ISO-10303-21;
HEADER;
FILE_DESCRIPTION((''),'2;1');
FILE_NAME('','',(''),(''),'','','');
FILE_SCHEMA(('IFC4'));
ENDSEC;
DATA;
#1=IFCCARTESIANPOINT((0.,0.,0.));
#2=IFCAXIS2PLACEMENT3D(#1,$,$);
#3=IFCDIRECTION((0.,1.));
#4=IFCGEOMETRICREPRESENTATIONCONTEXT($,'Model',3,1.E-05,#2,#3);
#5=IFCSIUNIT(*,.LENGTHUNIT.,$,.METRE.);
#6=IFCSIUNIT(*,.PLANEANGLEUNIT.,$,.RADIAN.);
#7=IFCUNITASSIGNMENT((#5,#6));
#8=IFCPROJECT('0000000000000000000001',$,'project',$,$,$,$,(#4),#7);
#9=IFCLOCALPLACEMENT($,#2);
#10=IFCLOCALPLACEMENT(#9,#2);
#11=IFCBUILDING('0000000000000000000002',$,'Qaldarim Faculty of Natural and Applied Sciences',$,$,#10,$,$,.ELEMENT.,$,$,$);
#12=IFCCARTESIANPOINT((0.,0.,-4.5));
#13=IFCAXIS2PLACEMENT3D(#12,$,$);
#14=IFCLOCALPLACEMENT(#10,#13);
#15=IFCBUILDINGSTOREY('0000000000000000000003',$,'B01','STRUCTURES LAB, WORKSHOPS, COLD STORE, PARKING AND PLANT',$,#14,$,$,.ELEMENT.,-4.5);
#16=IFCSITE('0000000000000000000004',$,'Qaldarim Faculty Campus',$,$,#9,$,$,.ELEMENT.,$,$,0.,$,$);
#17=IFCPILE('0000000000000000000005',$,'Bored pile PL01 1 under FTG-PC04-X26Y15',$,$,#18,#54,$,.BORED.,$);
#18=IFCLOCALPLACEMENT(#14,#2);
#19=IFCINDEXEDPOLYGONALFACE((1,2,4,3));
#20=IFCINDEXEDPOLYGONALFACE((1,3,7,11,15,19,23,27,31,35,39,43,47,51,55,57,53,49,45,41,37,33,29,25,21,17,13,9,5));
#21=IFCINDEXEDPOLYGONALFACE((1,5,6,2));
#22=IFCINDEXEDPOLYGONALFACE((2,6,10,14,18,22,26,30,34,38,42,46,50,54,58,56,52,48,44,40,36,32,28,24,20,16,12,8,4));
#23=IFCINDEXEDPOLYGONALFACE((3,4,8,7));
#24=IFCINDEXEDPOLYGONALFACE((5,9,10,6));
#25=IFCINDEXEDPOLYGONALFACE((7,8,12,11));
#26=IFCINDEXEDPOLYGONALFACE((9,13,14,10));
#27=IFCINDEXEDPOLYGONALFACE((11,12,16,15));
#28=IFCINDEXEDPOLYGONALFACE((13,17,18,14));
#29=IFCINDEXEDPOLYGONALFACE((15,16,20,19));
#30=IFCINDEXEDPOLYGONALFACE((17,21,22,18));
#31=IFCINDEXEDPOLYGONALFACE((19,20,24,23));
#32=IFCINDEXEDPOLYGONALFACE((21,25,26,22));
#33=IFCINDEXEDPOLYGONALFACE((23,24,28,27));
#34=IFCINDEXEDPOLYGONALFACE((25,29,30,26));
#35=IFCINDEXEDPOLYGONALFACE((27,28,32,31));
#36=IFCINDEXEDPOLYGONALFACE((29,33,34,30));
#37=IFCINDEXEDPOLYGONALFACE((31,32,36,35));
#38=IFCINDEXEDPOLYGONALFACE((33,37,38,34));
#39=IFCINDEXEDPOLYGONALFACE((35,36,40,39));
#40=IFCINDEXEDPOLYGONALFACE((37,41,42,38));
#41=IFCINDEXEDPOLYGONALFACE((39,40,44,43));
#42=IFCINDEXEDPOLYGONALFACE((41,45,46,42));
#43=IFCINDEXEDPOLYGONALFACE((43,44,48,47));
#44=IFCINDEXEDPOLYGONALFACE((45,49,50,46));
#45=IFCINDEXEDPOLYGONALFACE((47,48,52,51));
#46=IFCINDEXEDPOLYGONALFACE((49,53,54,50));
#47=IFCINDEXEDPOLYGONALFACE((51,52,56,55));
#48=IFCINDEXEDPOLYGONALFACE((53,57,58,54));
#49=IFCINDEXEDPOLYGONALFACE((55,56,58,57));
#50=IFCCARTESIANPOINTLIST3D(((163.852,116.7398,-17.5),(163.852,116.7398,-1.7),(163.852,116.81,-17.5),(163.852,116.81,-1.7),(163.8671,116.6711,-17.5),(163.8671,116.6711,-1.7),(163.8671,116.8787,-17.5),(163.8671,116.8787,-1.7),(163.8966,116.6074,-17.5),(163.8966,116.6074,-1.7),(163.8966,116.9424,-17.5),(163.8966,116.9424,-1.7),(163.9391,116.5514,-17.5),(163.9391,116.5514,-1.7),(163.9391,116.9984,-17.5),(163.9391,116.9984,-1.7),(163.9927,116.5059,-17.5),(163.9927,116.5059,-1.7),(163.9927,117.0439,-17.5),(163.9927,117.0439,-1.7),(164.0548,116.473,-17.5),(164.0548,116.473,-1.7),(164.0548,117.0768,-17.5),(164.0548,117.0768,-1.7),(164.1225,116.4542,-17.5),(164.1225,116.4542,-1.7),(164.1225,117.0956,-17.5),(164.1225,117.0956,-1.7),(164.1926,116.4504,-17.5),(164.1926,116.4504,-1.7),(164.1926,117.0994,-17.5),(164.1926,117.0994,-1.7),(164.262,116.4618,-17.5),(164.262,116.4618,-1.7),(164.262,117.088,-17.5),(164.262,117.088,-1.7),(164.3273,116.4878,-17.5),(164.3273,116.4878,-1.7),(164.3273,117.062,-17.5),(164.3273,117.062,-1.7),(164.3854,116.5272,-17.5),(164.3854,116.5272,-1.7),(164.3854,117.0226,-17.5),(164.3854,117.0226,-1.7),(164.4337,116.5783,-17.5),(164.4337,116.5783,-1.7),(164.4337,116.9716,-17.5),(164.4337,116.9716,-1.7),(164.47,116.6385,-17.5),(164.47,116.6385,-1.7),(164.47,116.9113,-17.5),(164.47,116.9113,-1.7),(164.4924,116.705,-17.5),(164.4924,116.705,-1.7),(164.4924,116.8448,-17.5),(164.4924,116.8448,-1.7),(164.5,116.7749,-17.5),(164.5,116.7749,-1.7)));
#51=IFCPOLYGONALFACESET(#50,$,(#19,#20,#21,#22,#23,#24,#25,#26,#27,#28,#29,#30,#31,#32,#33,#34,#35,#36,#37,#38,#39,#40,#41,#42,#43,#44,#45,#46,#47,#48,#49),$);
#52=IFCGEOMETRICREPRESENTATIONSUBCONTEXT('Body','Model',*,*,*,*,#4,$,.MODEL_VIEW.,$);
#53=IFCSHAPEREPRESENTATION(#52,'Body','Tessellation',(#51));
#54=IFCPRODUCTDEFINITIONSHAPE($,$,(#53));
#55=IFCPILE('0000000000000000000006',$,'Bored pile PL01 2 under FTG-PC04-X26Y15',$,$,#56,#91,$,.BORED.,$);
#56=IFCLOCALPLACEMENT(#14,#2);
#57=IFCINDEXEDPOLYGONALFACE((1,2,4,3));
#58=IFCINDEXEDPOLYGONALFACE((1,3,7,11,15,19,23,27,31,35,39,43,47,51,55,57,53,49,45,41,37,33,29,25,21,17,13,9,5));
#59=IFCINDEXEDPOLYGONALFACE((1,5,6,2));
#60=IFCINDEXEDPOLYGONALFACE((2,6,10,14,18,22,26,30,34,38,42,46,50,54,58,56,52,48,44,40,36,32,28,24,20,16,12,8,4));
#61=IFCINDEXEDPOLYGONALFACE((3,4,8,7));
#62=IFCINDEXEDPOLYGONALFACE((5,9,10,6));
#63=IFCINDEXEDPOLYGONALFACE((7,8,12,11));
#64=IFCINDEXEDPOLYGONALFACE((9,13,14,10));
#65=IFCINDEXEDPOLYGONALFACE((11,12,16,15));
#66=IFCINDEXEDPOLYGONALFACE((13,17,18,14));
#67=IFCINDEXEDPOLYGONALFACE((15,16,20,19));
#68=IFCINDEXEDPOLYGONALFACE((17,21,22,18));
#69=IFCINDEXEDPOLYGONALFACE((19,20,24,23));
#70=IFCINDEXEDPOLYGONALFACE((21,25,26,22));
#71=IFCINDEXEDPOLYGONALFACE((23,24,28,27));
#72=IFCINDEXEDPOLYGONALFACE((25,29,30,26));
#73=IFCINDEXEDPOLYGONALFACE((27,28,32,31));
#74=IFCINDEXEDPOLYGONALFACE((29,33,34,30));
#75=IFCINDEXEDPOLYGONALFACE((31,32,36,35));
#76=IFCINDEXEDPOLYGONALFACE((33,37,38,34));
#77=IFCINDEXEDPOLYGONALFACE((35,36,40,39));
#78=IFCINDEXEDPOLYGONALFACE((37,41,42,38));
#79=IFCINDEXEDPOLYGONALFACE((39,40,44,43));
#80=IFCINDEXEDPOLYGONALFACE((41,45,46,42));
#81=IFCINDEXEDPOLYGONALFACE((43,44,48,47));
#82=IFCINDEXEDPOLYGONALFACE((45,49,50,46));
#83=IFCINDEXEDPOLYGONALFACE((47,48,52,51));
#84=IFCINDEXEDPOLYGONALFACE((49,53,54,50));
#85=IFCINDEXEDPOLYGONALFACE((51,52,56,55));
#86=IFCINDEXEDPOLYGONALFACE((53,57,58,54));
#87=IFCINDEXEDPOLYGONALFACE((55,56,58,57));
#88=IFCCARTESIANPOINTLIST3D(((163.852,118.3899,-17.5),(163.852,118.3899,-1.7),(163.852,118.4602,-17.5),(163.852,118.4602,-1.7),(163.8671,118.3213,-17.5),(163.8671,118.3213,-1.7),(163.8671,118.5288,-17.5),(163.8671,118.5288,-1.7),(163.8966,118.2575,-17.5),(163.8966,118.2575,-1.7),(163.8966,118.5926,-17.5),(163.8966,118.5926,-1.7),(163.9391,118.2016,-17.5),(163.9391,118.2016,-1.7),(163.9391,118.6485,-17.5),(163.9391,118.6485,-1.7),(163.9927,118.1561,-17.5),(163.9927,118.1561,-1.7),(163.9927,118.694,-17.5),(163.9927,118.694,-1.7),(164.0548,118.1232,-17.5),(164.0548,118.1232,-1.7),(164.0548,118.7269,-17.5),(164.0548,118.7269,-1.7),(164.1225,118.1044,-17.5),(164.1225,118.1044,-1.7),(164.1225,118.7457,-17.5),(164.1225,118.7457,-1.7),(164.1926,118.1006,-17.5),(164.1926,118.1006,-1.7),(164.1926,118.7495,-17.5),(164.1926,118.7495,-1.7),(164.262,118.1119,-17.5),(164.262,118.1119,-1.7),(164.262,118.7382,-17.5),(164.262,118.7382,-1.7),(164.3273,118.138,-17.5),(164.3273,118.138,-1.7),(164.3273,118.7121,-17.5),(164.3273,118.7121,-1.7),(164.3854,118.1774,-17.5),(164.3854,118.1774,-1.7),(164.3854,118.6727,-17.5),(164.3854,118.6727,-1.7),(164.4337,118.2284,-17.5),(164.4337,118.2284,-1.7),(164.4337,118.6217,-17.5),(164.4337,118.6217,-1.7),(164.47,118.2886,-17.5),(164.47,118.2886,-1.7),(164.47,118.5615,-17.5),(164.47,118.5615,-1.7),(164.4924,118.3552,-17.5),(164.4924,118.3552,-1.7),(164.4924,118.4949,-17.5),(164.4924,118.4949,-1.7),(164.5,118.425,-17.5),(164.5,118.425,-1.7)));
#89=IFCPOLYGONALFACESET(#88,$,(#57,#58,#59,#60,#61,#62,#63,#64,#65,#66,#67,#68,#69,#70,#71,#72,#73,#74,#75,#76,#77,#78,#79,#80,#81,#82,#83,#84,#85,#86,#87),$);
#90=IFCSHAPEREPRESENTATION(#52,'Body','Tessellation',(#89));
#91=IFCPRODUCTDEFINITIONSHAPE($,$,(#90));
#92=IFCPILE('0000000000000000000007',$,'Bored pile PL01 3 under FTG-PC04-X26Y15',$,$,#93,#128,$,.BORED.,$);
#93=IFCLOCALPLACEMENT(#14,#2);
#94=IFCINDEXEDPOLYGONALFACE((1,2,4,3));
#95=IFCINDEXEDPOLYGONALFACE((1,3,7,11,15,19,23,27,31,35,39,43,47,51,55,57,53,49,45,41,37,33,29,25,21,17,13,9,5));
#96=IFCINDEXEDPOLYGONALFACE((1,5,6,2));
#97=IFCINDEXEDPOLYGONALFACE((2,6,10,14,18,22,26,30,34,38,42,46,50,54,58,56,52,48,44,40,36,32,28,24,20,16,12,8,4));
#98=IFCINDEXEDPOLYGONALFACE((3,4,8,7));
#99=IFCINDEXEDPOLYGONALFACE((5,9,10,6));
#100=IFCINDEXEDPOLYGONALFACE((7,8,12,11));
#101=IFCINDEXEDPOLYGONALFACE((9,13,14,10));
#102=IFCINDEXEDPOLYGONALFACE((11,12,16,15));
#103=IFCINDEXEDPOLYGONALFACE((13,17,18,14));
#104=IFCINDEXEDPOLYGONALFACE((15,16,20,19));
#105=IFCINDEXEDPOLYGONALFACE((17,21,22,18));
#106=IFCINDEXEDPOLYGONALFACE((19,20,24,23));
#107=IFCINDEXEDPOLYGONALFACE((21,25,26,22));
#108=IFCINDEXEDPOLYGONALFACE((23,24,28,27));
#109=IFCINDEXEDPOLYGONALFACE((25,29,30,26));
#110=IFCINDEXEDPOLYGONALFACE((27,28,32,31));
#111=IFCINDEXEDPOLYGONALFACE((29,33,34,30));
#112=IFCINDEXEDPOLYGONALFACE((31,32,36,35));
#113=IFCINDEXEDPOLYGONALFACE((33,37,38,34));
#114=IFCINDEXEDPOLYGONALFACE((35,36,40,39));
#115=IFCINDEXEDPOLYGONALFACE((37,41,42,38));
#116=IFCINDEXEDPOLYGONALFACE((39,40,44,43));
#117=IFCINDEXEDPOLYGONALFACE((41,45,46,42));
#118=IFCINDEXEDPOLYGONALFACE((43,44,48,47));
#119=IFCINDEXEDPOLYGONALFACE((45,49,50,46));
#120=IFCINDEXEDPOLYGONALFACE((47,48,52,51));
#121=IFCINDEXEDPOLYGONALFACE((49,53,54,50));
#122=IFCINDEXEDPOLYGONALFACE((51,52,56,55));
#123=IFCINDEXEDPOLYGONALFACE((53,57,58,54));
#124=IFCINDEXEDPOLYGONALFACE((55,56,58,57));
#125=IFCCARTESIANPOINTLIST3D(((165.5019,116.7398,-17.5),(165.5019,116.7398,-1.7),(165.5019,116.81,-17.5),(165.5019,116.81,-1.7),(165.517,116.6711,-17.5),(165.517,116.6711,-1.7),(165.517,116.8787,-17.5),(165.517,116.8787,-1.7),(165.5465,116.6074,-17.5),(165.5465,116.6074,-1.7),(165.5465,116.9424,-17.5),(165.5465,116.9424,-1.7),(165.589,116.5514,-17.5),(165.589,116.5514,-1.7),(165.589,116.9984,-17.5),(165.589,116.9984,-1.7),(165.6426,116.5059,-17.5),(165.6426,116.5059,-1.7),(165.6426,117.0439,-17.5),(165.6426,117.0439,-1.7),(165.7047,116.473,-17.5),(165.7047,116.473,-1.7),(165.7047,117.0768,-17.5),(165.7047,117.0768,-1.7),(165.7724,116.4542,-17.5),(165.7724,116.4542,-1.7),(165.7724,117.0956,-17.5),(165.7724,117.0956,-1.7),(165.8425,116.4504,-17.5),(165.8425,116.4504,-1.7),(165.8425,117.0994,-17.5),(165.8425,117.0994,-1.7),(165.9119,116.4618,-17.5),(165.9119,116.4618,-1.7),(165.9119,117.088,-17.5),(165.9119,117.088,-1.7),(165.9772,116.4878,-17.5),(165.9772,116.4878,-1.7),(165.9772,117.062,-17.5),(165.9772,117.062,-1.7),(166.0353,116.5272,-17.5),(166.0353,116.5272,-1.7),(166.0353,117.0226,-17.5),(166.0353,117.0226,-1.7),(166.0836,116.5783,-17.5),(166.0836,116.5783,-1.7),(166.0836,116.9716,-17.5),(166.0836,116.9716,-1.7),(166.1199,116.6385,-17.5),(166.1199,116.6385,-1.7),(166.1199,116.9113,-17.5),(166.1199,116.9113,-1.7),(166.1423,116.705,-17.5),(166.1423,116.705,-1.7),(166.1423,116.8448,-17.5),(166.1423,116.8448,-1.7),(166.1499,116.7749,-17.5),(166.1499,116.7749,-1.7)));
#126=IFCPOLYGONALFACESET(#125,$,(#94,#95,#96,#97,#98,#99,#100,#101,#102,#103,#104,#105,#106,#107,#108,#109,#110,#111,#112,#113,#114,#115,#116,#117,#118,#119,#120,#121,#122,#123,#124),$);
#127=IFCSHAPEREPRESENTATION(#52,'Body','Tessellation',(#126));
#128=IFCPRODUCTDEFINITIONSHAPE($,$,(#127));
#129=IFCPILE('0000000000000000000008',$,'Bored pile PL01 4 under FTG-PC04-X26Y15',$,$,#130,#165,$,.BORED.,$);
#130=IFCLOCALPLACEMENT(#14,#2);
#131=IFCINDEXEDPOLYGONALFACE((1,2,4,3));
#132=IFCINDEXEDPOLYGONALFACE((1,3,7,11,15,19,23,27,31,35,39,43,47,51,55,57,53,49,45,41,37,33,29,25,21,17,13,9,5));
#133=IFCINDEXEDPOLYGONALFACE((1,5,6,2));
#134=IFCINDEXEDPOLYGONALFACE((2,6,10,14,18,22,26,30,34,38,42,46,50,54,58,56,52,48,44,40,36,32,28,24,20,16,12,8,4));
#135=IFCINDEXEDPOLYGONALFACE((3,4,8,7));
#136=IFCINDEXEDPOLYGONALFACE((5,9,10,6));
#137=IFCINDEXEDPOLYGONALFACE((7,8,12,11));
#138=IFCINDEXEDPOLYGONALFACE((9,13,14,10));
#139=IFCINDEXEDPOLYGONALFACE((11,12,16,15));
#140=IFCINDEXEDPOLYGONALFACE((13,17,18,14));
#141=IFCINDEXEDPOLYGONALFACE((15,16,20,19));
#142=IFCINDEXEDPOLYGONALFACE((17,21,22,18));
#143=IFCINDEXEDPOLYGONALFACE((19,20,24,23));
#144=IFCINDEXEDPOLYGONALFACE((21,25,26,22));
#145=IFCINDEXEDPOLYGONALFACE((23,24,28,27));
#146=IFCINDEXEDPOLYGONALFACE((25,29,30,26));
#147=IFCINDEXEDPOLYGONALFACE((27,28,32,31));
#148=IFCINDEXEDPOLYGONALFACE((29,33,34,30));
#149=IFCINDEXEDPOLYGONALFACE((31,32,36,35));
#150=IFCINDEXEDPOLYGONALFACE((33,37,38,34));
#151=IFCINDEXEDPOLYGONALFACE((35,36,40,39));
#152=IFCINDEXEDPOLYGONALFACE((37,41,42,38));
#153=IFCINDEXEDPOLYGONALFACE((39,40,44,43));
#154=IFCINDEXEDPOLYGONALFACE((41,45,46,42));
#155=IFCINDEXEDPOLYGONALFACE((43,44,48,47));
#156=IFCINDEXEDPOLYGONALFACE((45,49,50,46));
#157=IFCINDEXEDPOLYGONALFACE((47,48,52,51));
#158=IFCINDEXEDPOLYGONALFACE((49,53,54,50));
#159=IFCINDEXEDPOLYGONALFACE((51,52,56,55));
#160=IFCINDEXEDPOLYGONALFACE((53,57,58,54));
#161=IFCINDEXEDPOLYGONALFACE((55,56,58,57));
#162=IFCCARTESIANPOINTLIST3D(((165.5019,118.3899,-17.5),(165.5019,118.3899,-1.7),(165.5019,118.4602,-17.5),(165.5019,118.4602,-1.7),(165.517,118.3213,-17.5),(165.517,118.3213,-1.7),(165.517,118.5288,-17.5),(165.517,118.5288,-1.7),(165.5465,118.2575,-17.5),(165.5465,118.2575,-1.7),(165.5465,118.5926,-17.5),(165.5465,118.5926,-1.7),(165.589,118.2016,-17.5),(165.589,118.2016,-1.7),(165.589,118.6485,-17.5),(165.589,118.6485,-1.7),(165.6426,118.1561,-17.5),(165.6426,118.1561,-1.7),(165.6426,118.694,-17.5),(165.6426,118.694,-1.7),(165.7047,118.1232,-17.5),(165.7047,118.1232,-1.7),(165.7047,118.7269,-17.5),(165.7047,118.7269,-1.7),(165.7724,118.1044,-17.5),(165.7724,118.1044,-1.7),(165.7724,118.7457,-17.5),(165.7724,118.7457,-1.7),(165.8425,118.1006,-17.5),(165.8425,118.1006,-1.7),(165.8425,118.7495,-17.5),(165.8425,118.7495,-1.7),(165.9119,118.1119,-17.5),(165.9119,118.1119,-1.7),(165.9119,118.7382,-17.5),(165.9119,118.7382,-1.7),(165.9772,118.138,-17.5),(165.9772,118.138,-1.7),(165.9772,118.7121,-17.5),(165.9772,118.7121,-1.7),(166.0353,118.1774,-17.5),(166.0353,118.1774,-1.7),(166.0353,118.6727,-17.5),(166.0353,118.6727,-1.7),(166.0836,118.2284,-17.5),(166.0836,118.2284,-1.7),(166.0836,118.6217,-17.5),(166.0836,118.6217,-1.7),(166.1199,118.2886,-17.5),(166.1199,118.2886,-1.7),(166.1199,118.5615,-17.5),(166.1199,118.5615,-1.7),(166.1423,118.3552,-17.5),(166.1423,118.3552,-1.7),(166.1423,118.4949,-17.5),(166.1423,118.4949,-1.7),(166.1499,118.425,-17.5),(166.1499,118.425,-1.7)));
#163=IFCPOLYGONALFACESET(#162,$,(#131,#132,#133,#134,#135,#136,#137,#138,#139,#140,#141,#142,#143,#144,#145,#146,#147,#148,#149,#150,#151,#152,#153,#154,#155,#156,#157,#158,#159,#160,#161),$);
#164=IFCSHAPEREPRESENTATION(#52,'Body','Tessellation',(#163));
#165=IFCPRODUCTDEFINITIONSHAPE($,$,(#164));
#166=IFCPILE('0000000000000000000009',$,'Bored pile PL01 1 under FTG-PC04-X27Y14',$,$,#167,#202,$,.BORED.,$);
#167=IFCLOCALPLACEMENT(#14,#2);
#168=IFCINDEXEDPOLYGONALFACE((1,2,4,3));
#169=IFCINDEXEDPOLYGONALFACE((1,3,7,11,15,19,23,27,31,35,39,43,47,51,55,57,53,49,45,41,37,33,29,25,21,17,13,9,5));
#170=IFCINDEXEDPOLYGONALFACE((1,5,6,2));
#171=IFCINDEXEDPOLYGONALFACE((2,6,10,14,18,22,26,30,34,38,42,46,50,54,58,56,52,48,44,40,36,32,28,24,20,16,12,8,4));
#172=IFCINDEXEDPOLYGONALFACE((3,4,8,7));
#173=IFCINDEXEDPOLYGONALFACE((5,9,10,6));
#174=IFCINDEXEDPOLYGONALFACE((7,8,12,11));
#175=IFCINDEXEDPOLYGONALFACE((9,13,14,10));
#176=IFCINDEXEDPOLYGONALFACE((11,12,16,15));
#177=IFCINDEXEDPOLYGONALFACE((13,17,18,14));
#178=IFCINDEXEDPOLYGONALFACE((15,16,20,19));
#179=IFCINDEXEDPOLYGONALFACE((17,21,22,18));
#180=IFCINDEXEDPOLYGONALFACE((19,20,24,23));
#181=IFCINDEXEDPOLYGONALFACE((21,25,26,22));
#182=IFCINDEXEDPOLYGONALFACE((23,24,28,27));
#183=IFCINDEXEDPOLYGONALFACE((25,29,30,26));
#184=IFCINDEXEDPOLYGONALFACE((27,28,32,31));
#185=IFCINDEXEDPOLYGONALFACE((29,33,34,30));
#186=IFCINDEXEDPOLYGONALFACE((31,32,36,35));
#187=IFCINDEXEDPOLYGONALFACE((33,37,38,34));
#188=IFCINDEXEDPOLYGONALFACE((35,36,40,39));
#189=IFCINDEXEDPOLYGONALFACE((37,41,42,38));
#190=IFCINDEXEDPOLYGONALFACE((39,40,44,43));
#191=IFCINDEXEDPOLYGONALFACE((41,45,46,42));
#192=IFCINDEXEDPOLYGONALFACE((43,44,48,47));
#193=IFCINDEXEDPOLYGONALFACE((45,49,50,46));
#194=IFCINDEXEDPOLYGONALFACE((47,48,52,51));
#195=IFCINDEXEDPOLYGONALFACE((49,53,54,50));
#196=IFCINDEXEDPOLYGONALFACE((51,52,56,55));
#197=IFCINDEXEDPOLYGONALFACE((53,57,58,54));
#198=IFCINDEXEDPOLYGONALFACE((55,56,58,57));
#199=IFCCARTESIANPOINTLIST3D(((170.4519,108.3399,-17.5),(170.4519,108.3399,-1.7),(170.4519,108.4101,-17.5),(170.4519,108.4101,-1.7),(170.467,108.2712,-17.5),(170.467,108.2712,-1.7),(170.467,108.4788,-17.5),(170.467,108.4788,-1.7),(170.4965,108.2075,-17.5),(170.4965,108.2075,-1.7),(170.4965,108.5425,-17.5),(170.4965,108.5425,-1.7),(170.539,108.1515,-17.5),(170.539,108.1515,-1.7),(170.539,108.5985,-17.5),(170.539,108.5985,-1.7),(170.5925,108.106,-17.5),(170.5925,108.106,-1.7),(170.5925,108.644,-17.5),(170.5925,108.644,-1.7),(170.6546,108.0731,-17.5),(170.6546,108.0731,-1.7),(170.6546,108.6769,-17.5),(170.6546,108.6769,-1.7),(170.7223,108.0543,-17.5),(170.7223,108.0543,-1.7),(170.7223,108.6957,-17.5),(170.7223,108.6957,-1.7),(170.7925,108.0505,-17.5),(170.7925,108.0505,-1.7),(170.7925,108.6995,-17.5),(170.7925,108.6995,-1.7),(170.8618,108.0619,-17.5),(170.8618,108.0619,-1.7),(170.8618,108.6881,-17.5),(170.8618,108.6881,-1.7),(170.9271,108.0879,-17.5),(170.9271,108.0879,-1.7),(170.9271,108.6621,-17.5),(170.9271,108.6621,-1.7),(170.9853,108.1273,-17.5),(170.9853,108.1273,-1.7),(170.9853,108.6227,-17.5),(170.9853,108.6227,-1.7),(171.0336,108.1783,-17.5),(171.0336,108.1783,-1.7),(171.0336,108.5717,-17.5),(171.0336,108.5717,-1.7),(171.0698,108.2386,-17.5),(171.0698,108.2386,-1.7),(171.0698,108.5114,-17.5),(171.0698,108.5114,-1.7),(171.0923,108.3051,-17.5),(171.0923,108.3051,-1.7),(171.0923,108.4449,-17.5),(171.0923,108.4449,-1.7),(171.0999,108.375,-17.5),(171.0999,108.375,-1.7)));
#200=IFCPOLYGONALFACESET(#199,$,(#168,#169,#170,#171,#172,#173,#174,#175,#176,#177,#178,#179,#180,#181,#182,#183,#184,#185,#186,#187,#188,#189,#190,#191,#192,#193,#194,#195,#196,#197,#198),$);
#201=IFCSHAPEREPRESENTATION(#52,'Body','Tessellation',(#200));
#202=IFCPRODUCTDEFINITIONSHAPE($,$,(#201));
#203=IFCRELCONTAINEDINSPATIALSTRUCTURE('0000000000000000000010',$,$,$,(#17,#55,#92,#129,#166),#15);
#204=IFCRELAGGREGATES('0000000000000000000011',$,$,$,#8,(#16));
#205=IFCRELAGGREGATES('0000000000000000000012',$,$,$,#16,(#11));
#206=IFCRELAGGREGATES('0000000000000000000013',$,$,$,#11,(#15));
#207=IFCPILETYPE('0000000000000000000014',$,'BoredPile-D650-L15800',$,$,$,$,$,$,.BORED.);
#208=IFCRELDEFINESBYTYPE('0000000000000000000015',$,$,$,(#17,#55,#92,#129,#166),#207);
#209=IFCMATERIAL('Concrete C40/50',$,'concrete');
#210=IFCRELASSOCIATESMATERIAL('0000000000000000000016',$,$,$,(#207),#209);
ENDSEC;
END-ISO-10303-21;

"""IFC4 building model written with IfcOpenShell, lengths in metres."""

from ifc_helpers import new_model, si_unit, direction, frame, origin, origin_2d, place, context, subcontext, project, spatial, circle, extrude, material, material_profile, profile_set, type_object, element, save


model = new_model("IFC4")

# Units and contexts
model_context = context("Model", 3, precision=1e-05, world=origin(), true_north=direction((0.0, 1.0)))
body_context = subcontext(model_context, "Body", "Model", "MODEL_VIEW")
ifc_project = project(units=[si_unit("LENGTHUNIT", "METRE"), si_unit("PLANEANGLEUNIT", "RADIAN")], contexts=[model_context])

# Site, building, storey
site_placement = place(None, origin())
site = spatial("IfcSite", under=ifc_project, at=site_placement, Name="Qaldarim Faculty Campus", CompositionType="ELEMENT", RefElevation=0.0)
building_placement = place(site_placement, origin())
building = spatial("IfcBuilding", under=site, at=building_placement, Name="Qaldarim Faculty of Natural and Applied Sciences", CompositionType="ELEMENT")
storey_placement = place(building_placement, frame((0.0, 0.0, -4.5)))
storey = spatial("IfcBuildingStorey", under=building, at=storey_placement, Name="B01", Description="STRUCTURES LAB, WORKSHOPS, COLD STORE, PARKING AND PLANT", CompositionType="ELEMENT", Elevation=-4.5)

# Piles
ifc_material_1 = material(Name="Concrete C40/50", Category="concrete")
ifc_material_profile_1 = material_profile(ifc_material_1, circle(Radius=0.325, at=origin_2d()), Name="PILE-D650")
ifc_profile_set_1 = profile_set([ifc_material_profile_1], Name="Concrete C40/50")
pile_type_1 = type_object("IfcPileType", Name="BoredPile-D650-L15800", PredefinedType="BORED", material=ifc_profile_set_1)
for number, where, z_axis, x_axis, name in (
    (1, (164.175, 116.7749, -1.7), (0.0, 0.0, -1.0), (1.0, 0.0, 0.0), "Bored pile PL01 1 under FTG-PC04-X26Y15"),
    (2, (164.175, 118.425, -1.7), (0.0, 0.0, -1.0), (1.0, 0.0, 0.0), "Bored pile PL01 2 under FTG-PC04-X26Y15"),
    (3, (165.825, 116.7749, -1.7), (0.0, 0.0, -1.0), (1.0, 0.0, 0.0), "Bored pile PL01 3 under FTG-PC04-X26Y15"),
    (4, (165.825, 118.425, -1.7), (0.0, 0.0, -1.0), (1.0, 0.0, 0.0), "Bored pile PL01 4 under FTG-PC04-X26Y15"),
    (5, (170.7749, 108.375, -1.7), (0.0, 0.0, -1.0), (1.0, 0.0, 0.0), "Bored pile PL01 1 under FTG-PC04-X27Y14"),
):
    element("IfcPile", number, at=place(storey_placement, frame(where, z_axis=z_axis, x_axis=x_axis)), inside=storey, type_object=pile_type_1, Name=name, PredefinedType="BORED", context=body_context, shape_type="SweptSolid", body=[
        extrude(circle(Radius=0.325, at=origin_2d()), origin(), (0.0, 0.0, 1.0), 15.8),
    ])

save(model, "model.ifc")
